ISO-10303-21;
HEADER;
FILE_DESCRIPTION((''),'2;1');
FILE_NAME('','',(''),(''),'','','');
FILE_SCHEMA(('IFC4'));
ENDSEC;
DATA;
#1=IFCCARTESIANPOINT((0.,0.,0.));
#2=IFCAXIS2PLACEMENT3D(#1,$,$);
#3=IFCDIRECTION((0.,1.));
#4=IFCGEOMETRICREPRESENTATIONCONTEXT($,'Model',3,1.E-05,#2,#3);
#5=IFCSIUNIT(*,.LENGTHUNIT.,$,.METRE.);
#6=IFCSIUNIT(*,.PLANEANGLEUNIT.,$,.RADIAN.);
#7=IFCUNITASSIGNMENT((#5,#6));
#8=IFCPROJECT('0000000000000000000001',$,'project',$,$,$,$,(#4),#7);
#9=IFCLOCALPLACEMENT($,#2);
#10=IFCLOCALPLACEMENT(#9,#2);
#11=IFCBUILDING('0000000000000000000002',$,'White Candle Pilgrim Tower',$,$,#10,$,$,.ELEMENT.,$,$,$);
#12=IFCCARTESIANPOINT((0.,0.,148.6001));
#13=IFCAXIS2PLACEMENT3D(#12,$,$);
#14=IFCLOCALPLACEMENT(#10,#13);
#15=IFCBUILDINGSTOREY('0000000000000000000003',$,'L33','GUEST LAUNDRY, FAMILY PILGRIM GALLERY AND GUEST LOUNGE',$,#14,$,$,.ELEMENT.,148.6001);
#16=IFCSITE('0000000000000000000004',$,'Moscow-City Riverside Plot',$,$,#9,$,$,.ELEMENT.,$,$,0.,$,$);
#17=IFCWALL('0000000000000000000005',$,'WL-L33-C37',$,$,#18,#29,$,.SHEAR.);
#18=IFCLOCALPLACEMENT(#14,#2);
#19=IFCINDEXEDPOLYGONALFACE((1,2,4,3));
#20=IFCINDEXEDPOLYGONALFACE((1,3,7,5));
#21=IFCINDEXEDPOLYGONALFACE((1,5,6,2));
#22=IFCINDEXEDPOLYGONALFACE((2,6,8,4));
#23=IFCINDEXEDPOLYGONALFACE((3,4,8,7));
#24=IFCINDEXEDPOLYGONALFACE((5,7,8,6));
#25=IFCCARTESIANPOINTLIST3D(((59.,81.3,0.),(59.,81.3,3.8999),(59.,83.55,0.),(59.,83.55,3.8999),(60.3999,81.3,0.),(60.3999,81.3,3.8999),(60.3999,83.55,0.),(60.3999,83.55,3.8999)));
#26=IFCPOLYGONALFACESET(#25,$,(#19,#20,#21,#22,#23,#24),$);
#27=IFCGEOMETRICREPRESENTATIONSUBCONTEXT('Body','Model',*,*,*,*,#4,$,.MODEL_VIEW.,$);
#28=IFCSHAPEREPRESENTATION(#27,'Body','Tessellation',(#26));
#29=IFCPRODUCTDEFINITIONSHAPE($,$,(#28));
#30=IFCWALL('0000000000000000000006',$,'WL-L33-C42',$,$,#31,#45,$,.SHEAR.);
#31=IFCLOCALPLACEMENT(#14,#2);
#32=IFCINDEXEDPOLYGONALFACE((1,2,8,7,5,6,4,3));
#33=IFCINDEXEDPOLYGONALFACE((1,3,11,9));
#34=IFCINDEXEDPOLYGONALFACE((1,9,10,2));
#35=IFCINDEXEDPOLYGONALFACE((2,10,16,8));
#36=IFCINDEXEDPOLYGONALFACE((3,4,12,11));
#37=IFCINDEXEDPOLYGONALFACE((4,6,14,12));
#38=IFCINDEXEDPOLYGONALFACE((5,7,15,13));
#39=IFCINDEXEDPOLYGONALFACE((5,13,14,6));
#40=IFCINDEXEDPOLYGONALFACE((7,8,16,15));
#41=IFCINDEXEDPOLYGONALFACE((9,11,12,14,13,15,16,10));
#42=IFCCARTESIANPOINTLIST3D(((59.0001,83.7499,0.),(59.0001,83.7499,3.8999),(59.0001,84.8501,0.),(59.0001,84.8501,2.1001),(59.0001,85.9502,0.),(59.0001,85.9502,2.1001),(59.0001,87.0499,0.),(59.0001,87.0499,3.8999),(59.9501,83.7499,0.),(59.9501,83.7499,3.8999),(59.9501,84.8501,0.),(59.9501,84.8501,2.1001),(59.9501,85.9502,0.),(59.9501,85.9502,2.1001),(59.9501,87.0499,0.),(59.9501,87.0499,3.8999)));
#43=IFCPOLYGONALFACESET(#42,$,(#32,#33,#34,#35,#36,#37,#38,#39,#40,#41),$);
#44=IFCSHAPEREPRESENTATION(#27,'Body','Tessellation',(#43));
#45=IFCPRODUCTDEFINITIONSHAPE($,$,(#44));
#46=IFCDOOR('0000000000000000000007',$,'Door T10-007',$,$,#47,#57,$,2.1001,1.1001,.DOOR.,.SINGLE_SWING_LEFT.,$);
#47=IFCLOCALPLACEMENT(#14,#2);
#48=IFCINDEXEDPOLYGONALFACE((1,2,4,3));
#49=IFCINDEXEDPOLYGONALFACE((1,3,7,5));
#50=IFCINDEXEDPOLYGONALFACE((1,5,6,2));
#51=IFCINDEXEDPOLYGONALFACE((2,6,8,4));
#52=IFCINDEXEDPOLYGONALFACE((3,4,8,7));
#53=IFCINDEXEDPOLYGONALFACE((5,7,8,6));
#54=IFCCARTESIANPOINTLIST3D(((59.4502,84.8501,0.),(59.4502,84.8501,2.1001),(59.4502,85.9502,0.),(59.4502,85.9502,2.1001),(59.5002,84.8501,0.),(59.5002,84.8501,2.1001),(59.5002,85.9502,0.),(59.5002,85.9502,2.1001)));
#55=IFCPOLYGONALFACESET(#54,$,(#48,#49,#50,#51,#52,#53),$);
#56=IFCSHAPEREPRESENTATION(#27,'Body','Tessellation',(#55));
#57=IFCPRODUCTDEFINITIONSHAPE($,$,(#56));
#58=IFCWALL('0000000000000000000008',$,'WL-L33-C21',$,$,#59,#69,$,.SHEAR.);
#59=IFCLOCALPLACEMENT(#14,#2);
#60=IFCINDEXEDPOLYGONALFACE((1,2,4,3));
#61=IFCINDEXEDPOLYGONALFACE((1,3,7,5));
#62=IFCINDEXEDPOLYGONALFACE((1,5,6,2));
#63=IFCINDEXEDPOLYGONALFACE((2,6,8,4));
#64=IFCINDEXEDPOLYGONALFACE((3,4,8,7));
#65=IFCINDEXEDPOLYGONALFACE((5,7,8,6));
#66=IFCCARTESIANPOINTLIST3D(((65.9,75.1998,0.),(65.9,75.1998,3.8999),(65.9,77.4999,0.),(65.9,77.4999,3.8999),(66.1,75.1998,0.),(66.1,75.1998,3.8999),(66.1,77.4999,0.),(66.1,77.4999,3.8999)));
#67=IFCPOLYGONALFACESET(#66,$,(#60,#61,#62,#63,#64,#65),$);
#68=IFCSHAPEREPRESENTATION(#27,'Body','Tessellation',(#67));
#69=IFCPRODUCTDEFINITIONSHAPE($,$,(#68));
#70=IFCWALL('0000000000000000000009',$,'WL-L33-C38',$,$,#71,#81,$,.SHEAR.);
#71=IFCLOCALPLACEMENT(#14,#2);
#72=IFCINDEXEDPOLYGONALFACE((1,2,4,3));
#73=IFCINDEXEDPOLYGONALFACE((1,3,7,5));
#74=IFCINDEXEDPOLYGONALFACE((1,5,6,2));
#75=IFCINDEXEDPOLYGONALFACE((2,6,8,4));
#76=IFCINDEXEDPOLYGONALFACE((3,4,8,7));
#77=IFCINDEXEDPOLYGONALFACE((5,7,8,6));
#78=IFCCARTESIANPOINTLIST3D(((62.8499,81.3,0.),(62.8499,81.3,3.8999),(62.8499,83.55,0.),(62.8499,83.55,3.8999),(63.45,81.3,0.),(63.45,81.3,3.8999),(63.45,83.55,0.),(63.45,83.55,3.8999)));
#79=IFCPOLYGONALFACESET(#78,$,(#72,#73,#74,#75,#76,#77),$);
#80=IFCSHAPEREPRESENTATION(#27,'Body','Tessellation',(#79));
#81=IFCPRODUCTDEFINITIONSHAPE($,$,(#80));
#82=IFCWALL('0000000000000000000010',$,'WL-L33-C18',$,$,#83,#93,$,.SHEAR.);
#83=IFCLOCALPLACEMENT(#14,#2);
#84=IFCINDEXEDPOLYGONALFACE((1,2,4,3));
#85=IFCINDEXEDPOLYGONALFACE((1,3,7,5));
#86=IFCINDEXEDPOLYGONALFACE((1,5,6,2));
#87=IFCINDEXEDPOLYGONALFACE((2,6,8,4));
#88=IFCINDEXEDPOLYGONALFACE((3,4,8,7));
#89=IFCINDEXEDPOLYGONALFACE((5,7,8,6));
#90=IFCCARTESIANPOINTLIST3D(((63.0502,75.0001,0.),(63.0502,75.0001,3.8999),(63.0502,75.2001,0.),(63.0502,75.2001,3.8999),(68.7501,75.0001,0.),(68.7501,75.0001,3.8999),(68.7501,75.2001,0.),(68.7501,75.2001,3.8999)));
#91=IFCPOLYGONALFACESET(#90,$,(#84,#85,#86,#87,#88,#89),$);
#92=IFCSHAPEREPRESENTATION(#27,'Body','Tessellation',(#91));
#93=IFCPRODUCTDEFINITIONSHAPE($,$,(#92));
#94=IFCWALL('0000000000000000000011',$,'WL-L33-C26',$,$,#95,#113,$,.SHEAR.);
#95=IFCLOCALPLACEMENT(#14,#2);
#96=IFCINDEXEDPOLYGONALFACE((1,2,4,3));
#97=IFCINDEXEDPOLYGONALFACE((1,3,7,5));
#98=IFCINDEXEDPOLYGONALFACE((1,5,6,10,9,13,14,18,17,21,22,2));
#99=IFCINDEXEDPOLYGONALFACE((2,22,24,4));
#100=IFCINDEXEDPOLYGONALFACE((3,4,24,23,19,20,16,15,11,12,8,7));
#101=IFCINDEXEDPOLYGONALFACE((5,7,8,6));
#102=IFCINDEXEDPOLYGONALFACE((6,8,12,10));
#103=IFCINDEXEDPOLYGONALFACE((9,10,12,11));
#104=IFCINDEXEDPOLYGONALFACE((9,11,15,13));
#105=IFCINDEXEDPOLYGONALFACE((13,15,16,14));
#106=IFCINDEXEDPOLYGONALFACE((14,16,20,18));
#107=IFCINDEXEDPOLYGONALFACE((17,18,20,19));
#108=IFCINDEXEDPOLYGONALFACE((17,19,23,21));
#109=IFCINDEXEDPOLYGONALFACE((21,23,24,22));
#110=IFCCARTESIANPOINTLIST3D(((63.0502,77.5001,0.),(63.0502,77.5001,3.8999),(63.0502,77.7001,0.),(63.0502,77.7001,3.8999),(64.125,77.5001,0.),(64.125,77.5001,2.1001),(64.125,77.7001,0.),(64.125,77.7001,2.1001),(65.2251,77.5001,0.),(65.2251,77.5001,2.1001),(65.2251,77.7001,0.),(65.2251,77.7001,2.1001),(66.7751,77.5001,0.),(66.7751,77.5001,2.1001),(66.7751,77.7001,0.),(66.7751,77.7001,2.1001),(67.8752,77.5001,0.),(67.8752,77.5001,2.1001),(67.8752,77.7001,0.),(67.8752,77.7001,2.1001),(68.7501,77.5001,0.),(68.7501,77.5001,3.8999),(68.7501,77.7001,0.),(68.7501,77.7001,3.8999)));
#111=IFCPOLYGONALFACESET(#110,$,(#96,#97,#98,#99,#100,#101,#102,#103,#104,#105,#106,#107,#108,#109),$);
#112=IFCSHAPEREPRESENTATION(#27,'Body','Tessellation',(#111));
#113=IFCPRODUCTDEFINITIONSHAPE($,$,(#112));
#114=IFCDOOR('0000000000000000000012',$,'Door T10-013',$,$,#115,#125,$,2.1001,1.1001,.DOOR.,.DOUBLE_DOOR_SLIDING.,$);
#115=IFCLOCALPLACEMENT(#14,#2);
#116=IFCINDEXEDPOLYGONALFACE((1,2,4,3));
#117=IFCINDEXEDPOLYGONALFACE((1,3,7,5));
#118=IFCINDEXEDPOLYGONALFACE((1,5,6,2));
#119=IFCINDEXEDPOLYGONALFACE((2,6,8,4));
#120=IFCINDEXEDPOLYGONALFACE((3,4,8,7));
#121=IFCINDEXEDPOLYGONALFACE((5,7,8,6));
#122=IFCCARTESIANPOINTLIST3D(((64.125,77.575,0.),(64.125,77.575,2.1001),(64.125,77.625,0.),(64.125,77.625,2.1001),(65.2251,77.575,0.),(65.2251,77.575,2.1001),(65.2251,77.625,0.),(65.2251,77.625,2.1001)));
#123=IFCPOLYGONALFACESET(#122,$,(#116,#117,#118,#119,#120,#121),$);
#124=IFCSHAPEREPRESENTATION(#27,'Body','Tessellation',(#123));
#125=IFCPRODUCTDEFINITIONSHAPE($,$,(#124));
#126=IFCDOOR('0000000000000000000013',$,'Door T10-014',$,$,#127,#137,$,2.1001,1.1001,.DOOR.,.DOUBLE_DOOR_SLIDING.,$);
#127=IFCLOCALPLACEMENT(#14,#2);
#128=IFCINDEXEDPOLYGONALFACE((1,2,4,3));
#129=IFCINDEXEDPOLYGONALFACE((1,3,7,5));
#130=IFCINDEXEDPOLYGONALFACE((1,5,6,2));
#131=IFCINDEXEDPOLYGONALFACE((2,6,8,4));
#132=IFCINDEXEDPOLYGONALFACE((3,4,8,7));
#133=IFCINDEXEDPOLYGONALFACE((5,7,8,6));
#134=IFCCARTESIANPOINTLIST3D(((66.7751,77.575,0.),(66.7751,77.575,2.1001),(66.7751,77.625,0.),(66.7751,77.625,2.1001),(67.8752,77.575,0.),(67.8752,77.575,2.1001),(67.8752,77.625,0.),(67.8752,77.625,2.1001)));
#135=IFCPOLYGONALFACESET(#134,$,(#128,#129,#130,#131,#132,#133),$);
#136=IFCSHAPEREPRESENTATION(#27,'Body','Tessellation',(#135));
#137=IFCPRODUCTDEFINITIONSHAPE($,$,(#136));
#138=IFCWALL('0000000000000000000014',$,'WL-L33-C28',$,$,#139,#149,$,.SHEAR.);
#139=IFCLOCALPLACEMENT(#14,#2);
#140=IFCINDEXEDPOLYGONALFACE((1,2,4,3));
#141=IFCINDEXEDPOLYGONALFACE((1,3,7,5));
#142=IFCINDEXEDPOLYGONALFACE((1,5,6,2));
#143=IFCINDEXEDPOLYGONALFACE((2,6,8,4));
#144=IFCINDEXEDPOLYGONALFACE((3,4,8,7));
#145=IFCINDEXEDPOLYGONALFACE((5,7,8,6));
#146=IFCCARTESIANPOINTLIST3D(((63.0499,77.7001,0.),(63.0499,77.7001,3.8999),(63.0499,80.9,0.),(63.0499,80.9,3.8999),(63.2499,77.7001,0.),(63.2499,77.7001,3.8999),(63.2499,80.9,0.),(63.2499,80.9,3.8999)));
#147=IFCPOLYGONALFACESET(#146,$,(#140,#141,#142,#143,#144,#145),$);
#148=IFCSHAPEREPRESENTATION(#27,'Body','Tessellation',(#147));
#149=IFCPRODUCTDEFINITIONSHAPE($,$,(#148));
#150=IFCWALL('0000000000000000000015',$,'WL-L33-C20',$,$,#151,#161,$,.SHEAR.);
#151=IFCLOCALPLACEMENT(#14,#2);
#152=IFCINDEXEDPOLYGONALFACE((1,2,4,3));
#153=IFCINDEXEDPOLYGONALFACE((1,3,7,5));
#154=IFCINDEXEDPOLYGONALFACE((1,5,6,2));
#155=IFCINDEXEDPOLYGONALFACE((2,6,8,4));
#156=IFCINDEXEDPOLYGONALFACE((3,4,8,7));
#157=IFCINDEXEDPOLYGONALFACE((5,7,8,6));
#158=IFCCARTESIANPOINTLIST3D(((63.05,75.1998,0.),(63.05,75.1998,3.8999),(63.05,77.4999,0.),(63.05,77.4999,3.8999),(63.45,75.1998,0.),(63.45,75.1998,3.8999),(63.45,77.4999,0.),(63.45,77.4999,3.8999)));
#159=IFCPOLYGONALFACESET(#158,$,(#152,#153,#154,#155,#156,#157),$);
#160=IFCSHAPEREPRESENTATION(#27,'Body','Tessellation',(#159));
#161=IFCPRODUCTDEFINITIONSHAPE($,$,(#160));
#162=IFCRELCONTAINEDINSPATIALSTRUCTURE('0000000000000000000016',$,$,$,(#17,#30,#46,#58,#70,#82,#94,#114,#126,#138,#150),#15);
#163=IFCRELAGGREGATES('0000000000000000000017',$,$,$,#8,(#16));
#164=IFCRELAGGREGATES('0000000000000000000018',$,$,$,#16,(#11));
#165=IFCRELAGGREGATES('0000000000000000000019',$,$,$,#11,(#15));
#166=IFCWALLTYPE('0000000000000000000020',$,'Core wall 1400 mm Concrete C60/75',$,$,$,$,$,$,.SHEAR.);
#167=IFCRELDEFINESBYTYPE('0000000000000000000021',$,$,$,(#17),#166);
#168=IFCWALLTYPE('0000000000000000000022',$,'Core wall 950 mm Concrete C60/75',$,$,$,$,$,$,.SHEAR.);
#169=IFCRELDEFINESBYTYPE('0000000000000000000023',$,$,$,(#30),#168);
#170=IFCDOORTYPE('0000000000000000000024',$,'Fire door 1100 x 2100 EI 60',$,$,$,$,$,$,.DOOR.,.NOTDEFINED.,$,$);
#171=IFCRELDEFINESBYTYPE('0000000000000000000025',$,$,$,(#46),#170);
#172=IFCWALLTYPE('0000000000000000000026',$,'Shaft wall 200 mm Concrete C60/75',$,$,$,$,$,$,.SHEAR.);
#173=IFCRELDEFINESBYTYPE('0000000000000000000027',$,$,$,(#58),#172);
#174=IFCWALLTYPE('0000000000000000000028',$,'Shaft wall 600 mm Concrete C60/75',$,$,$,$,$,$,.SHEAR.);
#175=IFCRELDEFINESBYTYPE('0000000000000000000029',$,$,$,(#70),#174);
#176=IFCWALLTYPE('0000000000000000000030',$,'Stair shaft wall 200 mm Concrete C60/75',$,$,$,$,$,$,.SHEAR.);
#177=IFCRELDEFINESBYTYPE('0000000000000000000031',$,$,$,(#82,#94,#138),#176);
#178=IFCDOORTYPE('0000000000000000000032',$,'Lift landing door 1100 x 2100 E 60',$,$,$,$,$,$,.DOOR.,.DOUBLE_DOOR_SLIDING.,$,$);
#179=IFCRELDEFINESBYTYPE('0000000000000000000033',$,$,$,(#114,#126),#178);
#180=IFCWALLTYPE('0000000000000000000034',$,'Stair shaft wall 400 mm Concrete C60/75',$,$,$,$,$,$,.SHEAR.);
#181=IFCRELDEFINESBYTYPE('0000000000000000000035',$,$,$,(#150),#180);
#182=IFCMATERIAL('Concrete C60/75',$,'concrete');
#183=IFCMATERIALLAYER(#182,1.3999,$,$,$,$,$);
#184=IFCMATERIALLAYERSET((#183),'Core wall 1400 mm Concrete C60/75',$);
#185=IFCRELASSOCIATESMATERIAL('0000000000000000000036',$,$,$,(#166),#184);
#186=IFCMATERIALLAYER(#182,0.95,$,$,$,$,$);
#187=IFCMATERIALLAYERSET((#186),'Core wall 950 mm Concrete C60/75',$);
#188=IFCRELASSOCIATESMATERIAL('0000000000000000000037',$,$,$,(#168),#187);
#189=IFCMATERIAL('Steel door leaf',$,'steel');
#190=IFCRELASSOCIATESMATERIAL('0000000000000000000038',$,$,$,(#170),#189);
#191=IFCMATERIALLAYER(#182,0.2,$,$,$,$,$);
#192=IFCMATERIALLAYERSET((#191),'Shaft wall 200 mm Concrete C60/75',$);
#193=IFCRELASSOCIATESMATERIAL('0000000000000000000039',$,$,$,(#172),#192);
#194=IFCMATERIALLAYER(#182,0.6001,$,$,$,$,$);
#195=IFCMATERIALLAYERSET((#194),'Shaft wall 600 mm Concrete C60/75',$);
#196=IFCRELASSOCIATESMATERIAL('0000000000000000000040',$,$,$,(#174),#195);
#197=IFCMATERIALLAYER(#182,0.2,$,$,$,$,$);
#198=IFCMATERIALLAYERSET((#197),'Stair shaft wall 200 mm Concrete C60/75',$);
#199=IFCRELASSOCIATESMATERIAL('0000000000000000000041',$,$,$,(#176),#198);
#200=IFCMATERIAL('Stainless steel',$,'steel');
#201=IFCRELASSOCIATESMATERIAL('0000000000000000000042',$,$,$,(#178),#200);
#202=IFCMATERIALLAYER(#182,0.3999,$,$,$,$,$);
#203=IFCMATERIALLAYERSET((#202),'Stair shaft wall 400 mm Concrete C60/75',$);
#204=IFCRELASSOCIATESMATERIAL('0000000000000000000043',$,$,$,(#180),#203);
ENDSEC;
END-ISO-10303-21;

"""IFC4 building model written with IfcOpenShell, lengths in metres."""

from ifc_helpers import new_model, si_unit, direction, frame, frame_2d, origin, place, context, subcontext, project, spatial, rectangle, extrude, material, layer, layer_set, type_object, element, fill, save


model = new_model("IFC4")

# Units and contexts
model_context = context("Model", 3, precision=1e-05, world=origin(), true_north=direction((0.0, 1.0)))
body_context = subcontext(model_context, "Body", "Model", "MODEL_VIEW")
ifc_project = project(units=[si_unit("LENGTHUNIT", "METRE"), si_unit("PLANEANGLEUNIT", "RADIAN")], contexts=[model_context])

# Site, building, storey
site_placement = place(None, origin())
site = spatial("IfcSite", under=ifc_project, at=site_placement, Name="Moscow-City Riverside Plot", CompositionType="ELEMENT", RefElevation=0.0)
building_placement = place(site_placement, origin())
building = spatial("IfcBuilding", under=site, at=building_placement, Name="White Candle Pilgrim Tower", CompositionType="ELEMENT")
storey_placement = place(building_placement, frame((0.0, 0.0, 148.6001)))
storey = spatial("IfcBuildingStorey", under=building, at=storey_placement, Name="L33", Description="GUEST LAUNDRY, FAMILY PILGRIM GALLERY AND GUEST LOUNGE", CompositionType="ELEMENT", Elevation=148.6001)

# Wall
ifc_material_1 = material(Name="Concrete C60/75", Category="concrete")
ifc_layer_1 = layer(ifc_material_1, 1.3999)
ifc_layer_set_1 = layer_set([ifc_layer_1], Name="Core wall 1400 mm Concrete C60/75")
wall_type_1 = type_object("IfcWallType", Name="Core wall 1400 mm Concrete C60/75", PredefinedType="SHEAR", material=ifc_layer_set_1)
wall_1_placement = place(storey_placement, frame((59.7, 81.3, 0.0), z_axis=(0.0, 0.0, 1.0), x_axis=(0.0, 1.0, 0.0)))
element("IfcWall", 1, at=wall_1_placement, inside=storey, type_object=wall_type_1, Name="WL-L33-C37", PredefinedType="SHEAR", context=body_context, shape_type="SweptSolid", body=[
    extrude(rectangle(XDim=2.25, YDim=1.3999, at=frame_2d((1.125, 0.0))), origin(), (0.0, 0.0, 1.0), 3.8999),
])

# Wall, opening, door
ifc_layer_2 = layer(ifc_material_1, 0.95)
ifc_layer_set_2 = layer_set([ifc_layer_2], Name="Core wall 950 mm Concrete C60/75")
wall_type_2 = type_object("IfcWallType", Name="Core wall 950 mm Concrete C60/75", PredefinedType="SHEAR", material=ifc_layer_set_2)
wall_2_placement = place(storey_placement, frame((59.4751, 83.75, 0.0), z_axis=(0.0, 0.0, 1.0), x_axis=(0.0, 1.0, 0.0)))
wall_2 = element("IfcWall", 2, at=wall_2_placement, inside=storey, type_object=wall_type_2, Name="WL-L33-C42", PredefinedType="SHEAR", context=body_context, shape_type="SweptSolid", body=[
    extrude(rectangle(XDim=3.3, YDim=0.95, at=frame_2d((1.6499, 0.0))), origin(), (0.0, 0.0, 1.0), 3.8999),
])
opening_1_placement = place(wall_2_placement, frame((1.1001, 0.0, 0.0)))
opening_1 = element("IfcOpeningElement", 3, at=opening_1_placement, cuts=wall_2, PredefinedType="OPENING", context=body_context, shape_type="SweptSolid", body=[
    extrude(rectangle(XDim=1.1001, YDim=2.1001, at=frame_2d((0.55, 1.05))), frame((0.0, 0.4849, 0.0), z_axis=(0.0, -1.0, 0.0), x_axis=(1.0, 0.0, 0.0)), (0.0, 0.0, 1.0), 0.97),
])
ifc_material_2 = material(Name="Steel door leaf", Category="steel")
door_type_1 = type_object("IfcDoorType", Name="Fire door 1100 x 2100 EI 60", OperationType="NOTDEFINED", PredefinedType="DOOR", material=ifc_material_2)
door_1_placement = place(opening_1_placement, origin())
door_1 = element("IfcDoor", 4, at=door_1_placement, inside=storey, type_object=door_type_1, Name="Door T10-007", OperationType="SINGLE_SWING_LEFT", OverallHeight=2.1001, OverallWidth=1.1001, PredefinedType="DOOR", context=body_context, shape_type="SweptSolid", body=[
    extrude(rectangle(XDim=1.1001, YDim=2.1001, at=frame_2d((0.55, 1.05))), frame((0.0, 0.0249, 0.0), z_axis=(0.0, -1.0, 0.0), x_axis=(1.0, 0.0, 0.0)), (0.0, 0.0, 1.0), 0.05),
])
fill(opening_1, door_1)

# Walls
ifc_layer_3 = layer(ifc_material_1, 0.2)
ifc_layer_set_3 = layer_set([ifc_layer_3], Name="Shaft wall 200 mm Concrete C60/75")
wall_type_3 = type_object("IfcWallType", Name="Shaft wall 200 mm Concrete C60/75", PredefinedType="SHEAR", material=ifc_layer_set_3)
wall_3_placement = place(storey_placement, frame((66.0, 75.2, 0.0), z_axis=(0.0, 0.0, 1.0), x_axis=(0.0, 1.0, 0.0)))
element("IfcWall", 5, at=wall_3_placement, inside=storey, type_object=wall_type_3, Name="WL-L33-C21", PredefinedType="SHEAR", context=body_context, shape_type="SweptSolid", body=[
    extrude(rectangle(XDim=2.3, YDim=0.2, at=frame_2d((1.1499, 0.0))), origin(), (0.0, 0.0, 1.0), 3.8999),
])
ifc_layer_4 = layer(ifc_material_1, 0.6001)
ifc_layer_set_4 = layer_set([ifc_layer_4], Name="Shaft wall 600 mm Concrete C60/75")
wall_type_4 = type_object("IfcWallType", Name="Shaft wall 600 mm Concrete C60/75", PredefinedType="SHEAR", material=ifc_layer_set_4)
wall_4_placement = place(storey_placement, frame((63.1499, 81.3, 0.0), z_axis=(0.0, 0.0, 1.0), x_axis=(0.0, 1.0, 0.0)))
element("IfcWall", 6, at=wall_4_placement, inside=storey, type_object=wall_type_4, Name="WL-L33-C38", PredefinedType="SHEAR", context=body_context, shape_type="SweptSolid", body=[
    extrude(rectangle(XDim=2.25, YDim=0.6001, at=frame_2d((1.125, 0.0))), origin(), (0.0, 0.0, 1.0), 3.8999),
])
ifc_layer_5 = layer(ifc_material_1, 0.2)
ifc_layer_set_5 = layer_set([ifc_layer_5], Name="Stair shaft wall 200 mm Concrete C60/75")
wall_type_5 = type_object("IfcWallType", Name="Stair shaft wall 200 mm Concrete C60/75", PredefinedType="SHEAR", material=ifc_layer_set_5)
wall_5_placement = place(storey_placement, frame((63.05, 75.1001, 0.0), z_axis=(0.0, 0.0, 1.0), x_axis=(1.0, 0.0, 0.0)))
element("IfcWall", 7, at=wall_5_placement, inside=storey, type_object=wall_type_5, Name="WL-L33-C18", PredefinedType="SHEAR", context=body_context, shape_type="SweptSolid", body=[
    extrude(rectangle(XDim=5.7, YDim=0.2, at=frame_2d((2.8501, 0.0))), origin(), (0.0, 0.0, 1.0), 3.8999),
])

# Wall, openings, doors
wall_6_placement = place(storey_placement, frame((63.05, 77.6001, 0.0), z_axis=(0.0, 0.0, 1.0), x_axis=(1.0, 0.0, 0.0)))
wall_6 = element("IfcWall", 8, at=wall_6_placement, inside=storey, type_object=wall_type_5, Name="WL-L33-C26", PredefinedType="SHEAR", context=body_context, shape_type="SweptSolid", body=[
    extrude(rectangle(XDim=5.7, YDim=0.2, at=frame_2d((2.8501, 0.0))), origin(), (0.0, 0.0, 1.0), 3.8999),
])
opening_2_placement = place(wall_6_placement, frame((1.075, 0.0, 0.0)))
opening_2 = element("IfcOpeningElement", 9, at=opening_2_placement, cuts=wall_6, PredefinedType="OPENING", context=body_context, shape_type="SweptSolid", body=[
    extrude(rectangle(XDim=1.1001, YDim=2.1001, at=frame_2d((0.55, 1.05))), frame((0.0, 0.1099, 0.0), z_axis=(0.0, -1.0, 0.0), x_axis=(1.0, 0.0, 0.0)), (0.0, 0.0, 1.0), 0.22),
])
opening_3_placement = place(wall_6_placement, frame((3.7251, 0.0, 0.0)))
opening_3 = element("IfcOpeningElement", 10, at=opening_3_placement, cuts=wall_6, PredefinedType="OPENING", context=body_context, shape_type="SweptSolid", body=[
    extrude(rectangle(XDim=1.1001, YDim=2.1001, at=frame_2d((0.55, 1.05))), frame((0.0, 0.1099, 0.0), z_axis=(0.0, -1.0, 0.0), x_axis=(1.0, 0.0, 0.0)), (0.0, 0.0, 1.0), 0.22),
])
ifc_material_3 = material(Name="Stainless steel", Category="steel")
door_type_2 = type_object("IfcDoorType", Name="Lift landing door 1100 x 2100 E 60", OperationType="DOUBLE_DOOR_SLIDING", PredefinedType="DOOR", material=ifc_material_3)
door_2_placement = place(opening_2_placement, origin())
door_2 = element("IfcDoor", 11, at=door_2_placement, inside=storey, type_object=door_type_2, Name="Door T10-013", OperationType="DOUBLE_DOOR_SLIDING", OverallHeight=2.1001, OverallWidth=1.1001, PredefinedType="DOOR", context=body_context, shape_type="SweptSolid", body=[
    extrude(rectangle(XDim=1.1001, YDim=2.1001, at=frame_2d((0.55, 1.05))), frame((0.0, 0.0249, 0.0), z_axis=(0.0, -1.0, 0.0), x_axis=(1.0, 0.0, 0.0)), (0.0, 0.0, 1.0), 0.05),
])
fill(opening_2, door_2)
door_3_placement = place(opening_3_placement, origin())
door_3 = element("IfcDoor", 12, at=door_3_placement, inside=storey, type_object=door_type_2, Name="Door T10-014", OperationType="DOUBLE_DOOR_SLIDING", OverallHeight=2.1001, OverallWidth=1.1001, PredefinedType="DOOR", context=body_context, shape_type="SweptSolid", body=[
    extrude(rectangle(XDim=1.1001, YDim=2.1001, at=frame_2d((0.55, 1.05))), frame((0.0, 0.0249, 0.0), z_axis=(0.0, -1.0, 0.0), x_axis=(1.0, 0.0, 0.0)), (0.0, 0.0, 1.0), 0.05),
])
fill(opening_3, door_3)

# Walls
wall_7_placement = place(storey_placement, frame((63.1499, 77.7, 0.0), z_axis=(0.0, 0.0, 1.0), x_axis=(0.0, 1.0, 0.0)))
element("IfcWall", 13, at=wall_7_placement, inside=storey, type_object=wall_type_5, Name="WL-L33-C28", PredefinedType="SHEAR", context=body_context, shape_type="SweptSolid", body=[
    extrude(rectangle(XDim=3.2, YDim=0.2, at=frame_2d((1.6001, 0.0))), origin(), (0.0, 0.0, 1.0), 3.8999),
])
ifc_layer_6 = layer(ifc_material_1, 0.3999)
ifc_layer_set_6 = layer_set([ifc_layer_6], Name="Stair shaft wall 400 mm Concrete C60/75")
wall_type_6 = type_object("IfcWallType", Name="Stair shaft wall 400 mm Concrete C60/75", PredefinedType="SHEAR", material=ifc_layer_set_6)
wall_8_placement = place(storey_placement, frame((63.25, 75.2, 0.0), z_axis=(0.0, 0.0, 1.0), x_axis=(0.0, 1.0, 0.0)))
element("IfcWall", 14, at=wall_8_placement, inside=storey, type_object=wall_type_6, Name="WL-L33-C20", PredefinedType="SHEAR", context=body_context, shape_type="SweptSolid", body=[
    extrude(rectangle(XDim=2.3, YDim=0.3999, at=frame_2d((1.1499, 0.0))), origin(), (0.0, 0.0, 1.0), 3.8999),
])

save(model, "model.ifc")
